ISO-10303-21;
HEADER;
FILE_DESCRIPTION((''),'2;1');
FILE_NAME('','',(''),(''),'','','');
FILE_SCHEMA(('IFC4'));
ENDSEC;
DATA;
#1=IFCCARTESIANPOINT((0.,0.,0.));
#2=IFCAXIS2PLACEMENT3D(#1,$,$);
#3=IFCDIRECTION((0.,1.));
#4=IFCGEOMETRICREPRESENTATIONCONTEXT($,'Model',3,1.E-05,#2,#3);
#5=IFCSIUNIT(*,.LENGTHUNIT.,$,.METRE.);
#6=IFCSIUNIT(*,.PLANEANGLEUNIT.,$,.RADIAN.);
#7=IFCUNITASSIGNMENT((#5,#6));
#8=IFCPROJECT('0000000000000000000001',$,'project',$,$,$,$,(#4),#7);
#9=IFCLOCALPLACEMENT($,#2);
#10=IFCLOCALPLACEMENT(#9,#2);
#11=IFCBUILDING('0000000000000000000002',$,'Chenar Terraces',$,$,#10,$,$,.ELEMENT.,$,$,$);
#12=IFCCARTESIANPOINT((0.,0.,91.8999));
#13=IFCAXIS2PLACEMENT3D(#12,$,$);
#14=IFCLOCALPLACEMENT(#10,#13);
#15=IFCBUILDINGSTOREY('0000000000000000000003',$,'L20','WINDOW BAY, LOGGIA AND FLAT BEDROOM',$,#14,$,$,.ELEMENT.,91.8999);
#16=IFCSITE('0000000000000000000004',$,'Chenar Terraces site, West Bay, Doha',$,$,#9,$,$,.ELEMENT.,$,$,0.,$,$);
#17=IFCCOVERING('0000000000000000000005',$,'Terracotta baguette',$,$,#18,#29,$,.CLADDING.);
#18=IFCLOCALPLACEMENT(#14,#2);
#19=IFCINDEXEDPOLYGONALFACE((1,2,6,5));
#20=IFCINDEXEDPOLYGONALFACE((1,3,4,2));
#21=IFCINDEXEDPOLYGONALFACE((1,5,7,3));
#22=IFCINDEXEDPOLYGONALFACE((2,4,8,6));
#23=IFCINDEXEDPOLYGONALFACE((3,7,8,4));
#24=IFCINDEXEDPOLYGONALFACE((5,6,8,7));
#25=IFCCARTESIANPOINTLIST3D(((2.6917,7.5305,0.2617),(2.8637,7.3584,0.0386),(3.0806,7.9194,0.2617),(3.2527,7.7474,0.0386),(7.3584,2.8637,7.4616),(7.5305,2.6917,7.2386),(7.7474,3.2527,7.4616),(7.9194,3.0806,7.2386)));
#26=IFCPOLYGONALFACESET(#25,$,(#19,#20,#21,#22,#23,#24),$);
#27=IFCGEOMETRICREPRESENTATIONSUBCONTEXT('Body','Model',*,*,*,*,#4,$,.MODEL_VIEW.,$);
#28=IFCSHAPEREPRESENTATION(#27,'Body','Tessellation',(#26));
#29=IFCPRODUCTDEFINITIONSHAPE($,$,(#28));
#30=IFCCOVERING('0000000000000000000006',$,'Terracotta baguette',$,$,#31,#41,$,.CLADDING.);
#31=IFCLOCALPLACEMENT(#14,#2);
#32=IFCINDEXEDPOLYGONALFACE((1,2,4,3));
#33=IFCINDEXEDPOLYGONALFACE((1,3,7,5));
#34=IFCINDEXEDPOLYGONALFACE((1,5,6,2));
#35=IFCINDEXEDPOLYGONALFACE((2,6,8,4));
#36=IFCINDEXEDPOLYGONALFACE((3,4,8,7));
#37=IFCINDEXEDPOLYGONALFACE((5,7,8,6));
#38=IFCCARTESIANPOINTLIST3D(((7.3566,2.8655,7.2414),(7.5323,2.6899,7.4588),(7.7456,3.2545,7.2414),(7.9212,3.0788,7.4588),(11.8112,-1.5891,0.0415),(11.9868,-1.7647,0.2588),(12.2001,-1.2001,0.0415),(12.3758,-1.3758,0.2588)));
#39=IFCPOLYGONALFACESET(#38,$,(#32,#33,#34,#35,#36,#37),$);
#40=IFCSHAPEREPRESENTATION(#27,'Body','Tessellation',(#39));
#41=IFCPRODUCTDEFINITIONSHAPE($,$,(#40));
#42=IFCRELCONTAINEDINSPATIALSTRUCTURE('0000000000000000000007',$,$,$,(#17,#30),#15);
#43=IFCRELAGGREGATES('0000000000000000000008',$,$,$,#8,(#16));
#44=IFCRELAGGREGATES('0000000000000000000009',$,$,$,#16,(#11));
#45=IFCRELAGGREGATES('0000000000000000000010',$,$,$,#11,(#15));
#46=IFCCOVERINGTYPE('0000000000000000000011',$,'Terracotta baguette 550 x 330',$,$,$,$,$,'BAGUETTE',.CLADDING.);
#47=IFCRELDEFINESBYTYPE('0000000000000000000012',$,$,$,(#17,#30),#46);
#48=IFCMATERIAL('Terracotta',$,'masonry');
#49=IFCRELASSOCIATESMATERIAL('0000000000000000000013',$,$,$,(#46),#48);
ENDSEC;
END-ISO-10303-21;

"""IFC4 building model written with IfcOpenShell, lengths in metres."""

from ifc_helpers import new_model, si_unit, direction, frame, origin, origin_2d, place, context, subcontext, project, spatial, rectangle, extrude, material, material_profile, profile_set, type_object, element, save


model = new_model("IFC4")

# Units and contexts
model_context = context("Model", 3, precision=1e-05, world=origin(), true_north=direction((0.0, 1.0)))
body_context = subcontext(model_context, "Body", "Model", "MODEL_VIEW")
ifc_project = project(units=[si_unit("LENGTHUNIT", "METRE"), si_unit("PLANEANGLEUNIT", "RADIAN")], contexts=[model_context])

# Site, building, storey
site_placement = place(None, origin())
site = spatial("IfcSite", under=ifc_project, at=site_placement, Name="Chenar Terraces site, West Bay, Doha", CompositionType="ELEMENT", RefElevation=0.0)
building_placement = place(site_placement, origin())
building = spatial("IfcBuilding", under=site, at=building_placement, Name="Chenar Terraces", CompositionType="ELEMENT")
storey_placement = place(building_placement, frame((0.0, 0.0, 91.8999)))
storey = spatial("IfcBuildingStorey", under=building, at=storey_placement, Name="L20", Description="WINDOW BAY, LOGGIA AND FLAT BEDROOM", CompositionType="ELEMENT", Elevation=91.8999)

# Coverings
ifc_material_1 = material(Name="Terracotta", Category="masonry")
ifc_material_profile = material_profile(ifc_material_1, rectangle(XDim=0.55, YDim=0.3301, at=origin_2d()), Name="Terracotta baguette 550 x 330")
ifc_profile_set = profile_set([ifc_material_profile], Name="Terracotta")
covering_type = type_object("IfcCoveringType", Name="Terracotta baguette 550 x 330", ElementType="BAGUETTE", PredefinedType="CLADDING", material=ifc_profile_set)
covering_1_placement = place(storey_placement, frame((2.9722, 7.6389, 0.1501), z_axis=(0.477803, -0.477803, 0.737163), x_axis=(0.707107, 0.707107, 0.0)))
element("IfcCovering", 1, at=covering_1_placement, inside=storey, type_object=covering_type, Name="Terracotta baguette", PredefinedType="CLADDING", context=body_context, shape_type="SweptSolid", body=[
    extrude(rectangle(XDim=0.55, YDim=0.3301, at=origin_2d()), origin(), (0.0, 0.0, 1.0), 9.7671),
])
covering_2_placement = place(storey_placement, frame((7.6389, 2.9722, 7.3501), z_axis=(0.465624, -0.465624, -0.752588), x_axis=(0.707107, 0.707107, 0.0)))
element("IfcCovering", 2, at=covering_2_placement, inside=storey, type_object=covering_type, Name="Terracotta baguette", PredefinedType="CLADDING", context=body_context, shape_type="SweptSolid", body=[
    extrude(rectangle(XDim=0.55, YDim=0.3301, at=origin_2d()), origin(), (0.0, 0.0, 1.0), 9.5669),
])

save(model, "model.ifc")
